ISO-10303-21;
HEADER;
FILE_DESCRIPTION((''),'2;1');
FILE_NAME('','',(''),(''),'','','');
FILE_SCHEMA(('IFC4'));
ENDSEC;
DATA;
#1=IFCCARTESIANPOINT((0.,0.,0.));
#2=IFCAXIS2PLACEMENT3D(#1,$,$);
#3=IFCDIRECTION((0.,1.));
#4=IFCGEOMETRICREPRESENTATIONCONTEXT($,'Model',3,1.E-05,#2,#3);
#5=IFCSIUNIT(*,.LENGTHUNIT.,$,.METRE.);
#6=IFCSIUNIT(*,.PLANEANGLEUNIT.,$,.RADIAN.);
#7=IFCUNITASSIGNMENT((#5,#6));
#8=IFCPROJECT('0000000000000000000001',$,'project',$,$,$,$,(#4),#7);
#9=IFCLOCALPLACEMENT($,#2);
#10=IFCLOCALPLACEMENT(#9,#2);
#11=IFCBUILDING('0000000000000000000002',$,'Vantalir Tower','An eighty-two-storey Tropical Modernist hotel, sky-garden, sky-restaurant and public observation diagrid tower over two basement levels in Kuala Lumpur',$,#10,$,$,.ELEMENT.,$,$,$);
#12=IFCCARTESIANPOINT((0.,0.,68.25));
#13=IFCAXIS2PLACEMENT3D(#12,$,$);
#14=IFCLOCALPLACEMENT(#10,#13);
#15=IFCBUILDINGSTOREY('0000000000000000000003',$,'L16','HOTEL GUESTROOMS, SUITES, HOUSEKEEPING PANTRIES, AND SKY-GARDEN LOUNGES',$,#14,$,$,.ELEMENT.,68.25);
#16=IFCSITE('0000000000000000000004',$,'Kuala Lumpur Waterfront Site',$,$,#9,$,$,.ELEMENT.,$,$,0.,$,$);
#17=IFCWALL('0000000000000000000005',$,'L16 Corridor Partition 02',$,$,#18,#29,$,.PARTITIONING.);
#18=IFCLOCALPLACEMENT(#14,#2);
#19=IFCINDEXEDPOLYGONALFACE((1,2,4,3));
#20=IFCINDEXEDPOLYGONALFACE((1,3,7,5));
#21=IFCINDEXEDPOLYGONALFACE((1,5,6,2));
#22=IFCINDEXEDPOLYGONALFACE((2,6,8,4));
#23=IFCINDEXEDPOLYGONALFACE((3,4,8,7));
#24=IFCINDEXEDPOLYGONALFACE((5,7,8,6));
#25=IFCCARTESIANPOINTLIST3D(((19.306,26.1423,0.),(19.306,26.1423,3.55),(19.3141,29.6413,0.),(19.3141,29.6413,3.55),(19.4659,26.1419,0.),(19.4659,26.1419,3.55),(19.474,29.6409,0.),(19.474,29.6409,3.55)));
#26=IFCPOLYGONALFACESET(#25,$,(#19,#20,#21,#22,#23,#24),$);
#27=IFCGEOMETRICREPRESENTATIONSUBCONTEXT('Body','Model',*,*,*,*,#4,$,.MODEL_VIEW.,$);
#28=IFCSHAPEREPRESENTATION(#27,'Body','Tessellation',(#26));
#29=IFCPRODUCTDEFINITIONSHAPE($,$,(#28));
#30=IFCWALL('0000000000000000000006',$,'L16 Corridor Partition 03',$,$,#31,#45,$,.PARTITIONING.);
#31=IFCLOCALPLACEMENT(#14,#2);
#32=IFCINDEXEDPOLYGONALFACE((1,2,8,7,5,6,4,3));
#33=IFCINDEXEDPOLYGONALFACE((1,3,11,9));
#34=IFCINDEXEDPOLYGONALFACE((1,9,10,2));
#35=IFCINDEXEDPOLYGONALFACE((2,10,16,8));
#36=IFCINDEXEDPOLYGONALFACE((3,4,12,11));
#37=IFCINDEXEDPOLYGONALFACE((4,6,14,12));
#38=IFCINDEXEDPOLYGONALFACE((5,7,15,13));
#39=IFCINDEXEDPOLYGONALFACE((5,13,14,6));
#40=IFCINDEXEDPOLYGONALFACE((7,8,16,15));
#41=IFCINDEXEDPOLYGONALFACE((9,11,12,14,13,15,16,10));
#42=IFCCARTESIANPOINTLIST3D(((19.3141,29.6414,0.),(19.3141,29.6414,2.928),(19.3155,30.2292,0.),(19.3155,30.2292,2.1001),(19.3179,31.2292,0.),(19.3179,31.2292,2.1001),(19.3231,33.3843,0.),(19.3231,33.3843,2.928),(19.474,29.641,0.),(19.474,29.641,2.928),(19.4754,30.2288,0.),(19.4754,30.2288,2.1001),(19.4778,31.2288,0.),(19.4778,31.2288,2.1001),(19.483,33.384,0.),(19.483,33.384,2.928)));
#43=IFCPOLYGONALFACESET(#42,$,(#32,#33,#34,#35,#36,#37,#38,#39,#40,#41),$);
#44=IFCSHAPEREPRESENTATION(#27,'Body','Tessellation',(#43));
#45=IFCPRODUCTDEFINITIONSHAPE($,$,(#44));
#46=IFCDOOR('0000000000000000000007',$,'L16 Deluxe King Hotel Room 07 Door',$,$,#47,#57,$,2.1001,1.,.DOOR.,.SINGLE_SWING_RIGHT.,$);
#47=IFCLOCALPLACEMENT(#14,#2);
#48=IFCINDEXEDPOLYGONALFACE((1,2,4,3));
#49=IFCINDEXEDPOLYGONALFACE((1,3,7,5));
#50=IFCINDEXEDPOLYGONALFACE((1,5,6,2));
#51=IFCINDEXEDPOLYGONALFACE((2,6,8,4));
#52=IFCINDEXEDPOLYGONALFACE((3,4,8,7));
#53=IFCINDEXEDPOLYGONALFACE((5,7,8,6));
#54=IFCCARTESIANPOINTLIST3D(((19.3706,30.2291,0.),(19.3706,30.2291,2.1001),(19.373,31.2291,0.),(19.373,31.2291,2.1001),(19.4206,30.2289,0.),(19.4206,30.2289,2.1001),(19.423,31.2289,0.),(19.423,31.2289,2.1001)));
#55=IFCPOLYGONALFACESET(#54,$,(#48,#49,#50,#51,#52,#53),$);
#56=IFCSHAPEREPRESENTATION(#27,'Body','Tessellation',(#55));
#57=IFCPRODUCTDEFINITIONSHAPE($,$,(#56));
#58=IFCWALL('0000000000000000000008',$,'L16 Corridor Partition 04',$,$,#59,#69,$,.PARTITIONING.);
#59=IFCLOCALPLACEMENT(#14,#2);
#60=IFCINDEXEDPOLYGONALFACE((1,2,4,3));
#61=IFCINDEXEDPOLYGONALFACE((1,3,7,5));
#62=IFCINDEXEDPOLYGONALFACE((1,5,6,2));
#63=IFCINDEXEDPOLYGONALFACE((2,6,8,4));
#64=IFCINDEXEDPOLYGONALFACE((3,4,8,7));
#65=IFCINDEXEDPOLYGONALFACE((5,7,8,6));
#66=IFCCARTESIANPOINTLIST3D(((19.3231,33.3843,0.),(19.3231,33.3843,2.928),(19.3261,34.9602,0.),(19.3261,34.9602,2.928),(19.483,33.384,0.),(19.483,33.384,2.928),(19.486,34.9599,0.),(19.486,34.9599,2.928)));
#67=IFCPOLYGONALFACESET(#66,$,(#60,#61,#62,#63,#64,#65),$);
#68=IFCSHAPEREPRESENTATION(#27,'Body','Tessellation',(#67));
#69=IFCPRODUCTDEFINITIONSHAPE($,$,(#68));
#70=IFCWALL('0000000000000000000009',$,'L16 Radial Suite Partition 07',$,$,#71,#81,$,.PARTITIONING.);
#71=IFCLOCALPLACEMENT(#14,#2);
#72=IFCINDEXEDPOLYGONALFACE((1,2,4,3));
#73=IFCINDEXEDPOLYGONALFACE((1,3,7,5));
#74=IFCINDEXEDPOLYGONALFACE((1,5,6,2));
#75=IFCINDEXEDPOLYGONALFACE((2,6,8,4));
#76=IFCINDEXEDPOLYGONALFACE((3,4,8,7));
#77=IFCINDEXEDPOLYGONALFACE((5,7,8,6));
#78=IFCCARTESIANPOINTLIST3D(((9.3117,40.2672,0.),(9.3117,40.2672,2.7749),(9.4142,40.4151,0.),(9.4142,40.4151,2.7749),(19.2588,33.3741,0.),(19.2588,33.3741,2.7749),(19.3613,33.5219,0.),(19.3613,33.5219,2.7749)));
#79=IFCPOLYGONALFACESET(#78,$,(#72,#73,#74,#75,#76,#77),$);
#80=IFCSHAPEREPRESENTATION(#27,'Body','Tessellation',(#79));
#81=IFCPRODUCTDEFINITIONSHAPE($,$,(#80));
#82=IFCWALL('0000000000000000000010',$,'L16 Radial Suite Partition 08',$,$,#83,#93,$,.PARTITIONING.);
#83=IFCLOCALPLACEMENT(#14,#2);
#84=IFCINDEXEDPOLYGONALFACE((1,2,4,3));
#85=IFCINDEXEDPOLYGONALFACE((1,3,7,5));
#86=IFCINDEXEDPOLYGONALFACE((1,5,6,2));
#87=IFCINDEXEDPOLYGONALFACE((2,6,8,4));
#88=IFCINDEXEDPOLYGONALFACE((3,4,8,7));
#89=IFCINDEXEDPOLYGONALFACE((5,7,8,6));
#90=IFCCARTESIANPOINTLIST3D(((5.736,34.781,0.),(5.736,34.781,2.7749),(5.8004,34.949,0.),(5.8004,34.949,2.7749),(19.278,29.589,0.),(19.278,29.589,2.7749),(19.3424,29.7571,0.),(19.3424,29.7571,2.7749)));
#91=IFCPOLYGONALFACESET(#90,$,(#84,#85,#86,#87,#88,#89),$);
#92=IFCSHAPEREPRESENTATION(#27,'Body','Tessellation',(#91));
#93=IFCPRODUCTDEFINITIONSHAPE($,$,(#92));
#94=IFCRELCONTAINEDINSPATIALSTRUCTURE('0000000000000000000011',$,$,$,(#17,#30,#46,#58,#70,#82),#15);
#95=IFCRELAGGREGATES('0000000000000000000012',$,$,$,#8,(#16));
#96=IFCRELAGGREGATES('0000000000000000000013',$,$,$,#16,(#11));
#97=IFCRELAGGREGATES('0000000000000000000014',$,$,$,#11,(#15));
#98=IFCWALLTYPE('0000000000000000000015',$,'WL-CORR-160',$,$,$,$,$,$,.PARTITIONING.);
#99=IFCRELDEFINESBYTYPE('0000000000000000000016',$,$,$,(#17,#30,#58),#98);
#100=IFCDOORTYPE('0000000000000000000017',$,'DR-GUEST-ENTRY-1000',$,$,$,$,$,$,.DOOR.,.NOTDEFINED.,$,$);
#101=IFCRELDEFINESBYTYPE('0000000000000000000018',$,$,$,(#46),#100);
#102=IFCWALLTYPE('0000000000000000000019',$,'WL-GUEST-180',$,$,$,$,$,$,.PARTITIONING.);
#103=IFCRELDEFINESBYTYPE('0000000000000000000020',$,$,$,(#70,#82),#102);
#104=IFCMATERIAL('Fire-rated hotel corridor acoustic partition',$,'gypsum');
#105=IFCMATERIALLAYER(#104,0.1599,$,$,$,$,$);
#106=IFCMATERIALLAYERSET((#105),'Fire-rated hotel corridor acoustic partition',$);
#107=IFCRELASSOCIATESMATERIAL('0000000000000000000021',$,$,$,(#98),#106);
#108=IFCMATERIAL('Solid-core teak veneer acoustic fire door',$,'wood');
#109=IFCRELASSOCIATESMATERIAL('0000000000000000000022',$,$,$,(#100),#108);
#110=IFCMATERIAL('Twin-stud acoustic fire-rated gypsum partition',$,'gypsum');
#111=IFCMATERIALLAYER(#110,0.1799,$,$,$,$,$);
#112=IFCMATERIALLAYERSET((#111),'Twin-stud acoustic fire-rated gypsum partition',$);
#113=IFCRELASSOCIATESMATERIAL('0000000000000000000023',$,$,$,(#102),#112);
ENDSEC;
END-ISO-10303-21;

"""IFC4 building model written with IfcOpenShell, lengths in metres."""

from ifc_helpers import new_model, si_unit, direction, frame, frame_2d, origin, place, context, subcontext, project, spatial, rectangle, extrude, material, layer, layer_set, type_object, element, fill, save


model = new_model("IFC4")

# Units and contexts
model_context = context("Model", 3, precision=1e-05, world=origin(), true_north=direction((0.0, 1.0)))
body_context = subcontext(model_context, "Body", "Model", "MODEL_VIEW")
ifc_project = project(units=[si_unit("LENGTHUNIT", "METRE"), si_unit("PLANEANGLEUNIT", "RADIAN")], contexts=[model_context])

# Site, building, storey
site_placement = place(None, origin())
site = spatial("IfcSite", under=ifc_project, at=site_placement, Name="Kuala Lumpur Waterfront Site", CompositionType="ELEMENT", RefElevation=0.0)
building_placement = place(site_placement, origin())
building = spatial("IfcBuilding", under=site, at=building_placement, Name="Vantalir Tower", Description="An eighty-two-storey Tropical Modernist hotel, sky-garden, sky-restaurant and public observation diagrid tower over two basement levels in Kuala Lumpur", CompositionType="ELEMENT")
storey_placement = place(building_placement, frame((0.0, 0.0, 68.25)))
storey = spatial("IfcBuildingStorey", under=building, at=storey_placement, Name="L16", Description="HOTEL GUESTROOMS, SUITES, HOUSEKEEPING PANTRIES, AND SKY-GARDEN LOUNGES", CompositionType="ELEMENT", Elevation=68.25)

# Wall
ifc_material_1 = material(Name="Fire-rated hotel corridor acoustic partition", Category="gypsum")
ifc_layer_1 = layer(ifc_material_1, 0.1599)
ifc_layer_set_1 = layer_set([ifc_layer_1], Name="Fire-rated hotel corridor acoustic partition")
wall_type_1 = type_object("IfcWallType", Name="WL-CORR-160", PredefinedType="PARTITIONING", material=ifc_layer_set_1)
wall_1_placement = place(storey_placement, frame((19.386, 26.1421, 0.0), z_axis=(0.0, 0.0, 1.0), x_axis=(0.002303, 0.999997, 0.0)))
element("IfcWall", 1, at=wall_1_placement, inside=storey, type_object=wall_type_1, Name="L16 Corridor Partition 02", PredefinedType="PARTITIONING", context=body_context, shape_type="SweptSolid", body=[
    extrude(rectangle(XDim=3.499, YDim=0.1599, at=frame_2d((1.7495, 0.0))), origin(), (0.0, 0.0, 1.0), 3.55),
])

# Wall, opening, door
wall_2_placement = place(storey_placement, frame((19.394, 29.6411, 0.0), z_axis=(0.0, 0.0, 1.0), x_axis=(0.002413, 0.999997, 0.0)))
wall_2 = element("IfcWall", 2, at=wall_2_placement, inside=storey, type_object=wall_type_1, Name="L16 Corridor Partition 03", PredefinedType="PARTITIONING", context=body_context, shape_type="SweptSolid", body=[
    extrude(rectangle(XDim=3.7429, YDim=0.1599, at=frame_2d((1.8716, 0.0))), origin(), (0.0, 0.0, 1.0), 2.928),
])
opening_1_placement = place(wall_2_placement, frame((0.5879, 0.0, 0.0)))
opening_1 = element("IfcOpeningElement", 3, at=opening_1_placement, cuts=wall_2, PredefinedType="OPENING", context=body_context, shape_type="SweptSolid", body=[
    extrude(rectangle(XDim=1.0, YDim=2.1001, at=frame_2d((0.5, 1.05))), frame((0.0, 0.0898, 0.0), z_axis=(0.0, -1.0, 0.0), x_axis=(1.0, 0.0, 0.0)), (0.0, 0.0, 1.0), 0.1799),
])
ifc_material_2 = material(Name="Solid-core teak veneer acoustic fire door", Category="wood")
door_type_1 = type_object("IfcDoorType", Name="DR-GUEST-ENTRY-1000", OperationType="NOTDEFINED", PredefinedType="DOOR", material=ifc_material_2)
door_1_placement = place(opening_1_placement, origin())
door_1 = element("IfcDoor", 4, at=door_1_placement, inside=storey, type_object=door_type_1, Name="L16 Deluxe King Hotel Room 07 Door", OperationType="SINGLE_SWING_RIGHT", OverallHeight=2.1001, OverallWidth=1.0, PredefinedType="DOOR", context=body_context, shape_type="SweptSolid", body=[
    extrude(rectangle(XDim=1.0, YDim=2.1001, at=frame_2d((0.5, 1.05))), frame((0.0, 0.0249, 0.0), z_axis=(0.0, -1.0, 0.0), x_axis=(1.0, 0.0, 0.0)), (0.0, 0.0, 1.0), 0.05),
])
fill(opening_1, door_1)

# Walls
wall_3_placement = place(storey_placement, frame((19.4031, 33.384, 0.0), z_axis=(0.0, 0.0, 1.0), x_axis=(0.001859, 0.999998, 0.0)))
element("IfcWall", 5, at=wall_3_placement, inside=storey, type_object=wall_type_1, Name="L16 Corridor Partition 04", PredefinedType="PARTITIONING", context=body_context, shape_type="SweptSolid", body=[
    extrude(rectangle(XDim=1.5759, YDim=0.1599, at=frame_2d((0.7881, 0.0))), origin(), (0.0, 0.0, 1.0), 2.928),
])
ifc_material_3 = material(Name="Twin-stud acoustic fire-rated gypsum partition", Category="gypsum")
ifc_layer_2 = layer(ifc_material_3, 0.1799)
ifc_layer_set_2 = layer_set([ifc_layer_2], Name="Twin-stud acoustic fire-rated gypsum partition")
wall_type_2 = type_object("IfcWallType", Name="WL-GUEST-180", PredefinedType="PARTITIONING", material=ifc_layer_set_2)
wall_4_placement = place(storey_placement, frame((19.3101, 33.448, 0.0), z_axis=(0.0, 0.0, 1.0), x_axis=(-0.821934, 0.569582, 0.0)))
element("IfcWall", 6, at=wall_4_placement, inside=storey, type_object=wall_type_2, Name="L16 Radial Suite Partition 07", PredefinedType="PARTITIONING", context=body_context, shape_type="SweptSolid", body=[
    extrude(rectangle(XDim=12.1021, YDim=0.1799, at=frame_2d((6.051, 0.0))), origin(), (0.0, 0.0, 1.0), 2.7749),
])
wall_5_placement = place(storey_placement, frame((19.3101, 29.6731, 0.0), z_axis=(0.0, 0.0, 1.0), x_axis=(-0.933728, 0.357984, 0.0)))
element("IfcWall", 7, at=wall_5_placement, inside=storey, type_object=wall_type_2, Name="L16 Radial Suite Partition 08", PredefinedType="PARTITIONING", context=body_context, shape_type="SweptSolid", body=[
    extrude(rectangle(XDim=14.5032, YDim=0.1799, at=frame_2d((7.2515, 0.0))), origin(), (0.0, 0.0, 1.0), 2.7749),
])

save(model, "model.ifc")
